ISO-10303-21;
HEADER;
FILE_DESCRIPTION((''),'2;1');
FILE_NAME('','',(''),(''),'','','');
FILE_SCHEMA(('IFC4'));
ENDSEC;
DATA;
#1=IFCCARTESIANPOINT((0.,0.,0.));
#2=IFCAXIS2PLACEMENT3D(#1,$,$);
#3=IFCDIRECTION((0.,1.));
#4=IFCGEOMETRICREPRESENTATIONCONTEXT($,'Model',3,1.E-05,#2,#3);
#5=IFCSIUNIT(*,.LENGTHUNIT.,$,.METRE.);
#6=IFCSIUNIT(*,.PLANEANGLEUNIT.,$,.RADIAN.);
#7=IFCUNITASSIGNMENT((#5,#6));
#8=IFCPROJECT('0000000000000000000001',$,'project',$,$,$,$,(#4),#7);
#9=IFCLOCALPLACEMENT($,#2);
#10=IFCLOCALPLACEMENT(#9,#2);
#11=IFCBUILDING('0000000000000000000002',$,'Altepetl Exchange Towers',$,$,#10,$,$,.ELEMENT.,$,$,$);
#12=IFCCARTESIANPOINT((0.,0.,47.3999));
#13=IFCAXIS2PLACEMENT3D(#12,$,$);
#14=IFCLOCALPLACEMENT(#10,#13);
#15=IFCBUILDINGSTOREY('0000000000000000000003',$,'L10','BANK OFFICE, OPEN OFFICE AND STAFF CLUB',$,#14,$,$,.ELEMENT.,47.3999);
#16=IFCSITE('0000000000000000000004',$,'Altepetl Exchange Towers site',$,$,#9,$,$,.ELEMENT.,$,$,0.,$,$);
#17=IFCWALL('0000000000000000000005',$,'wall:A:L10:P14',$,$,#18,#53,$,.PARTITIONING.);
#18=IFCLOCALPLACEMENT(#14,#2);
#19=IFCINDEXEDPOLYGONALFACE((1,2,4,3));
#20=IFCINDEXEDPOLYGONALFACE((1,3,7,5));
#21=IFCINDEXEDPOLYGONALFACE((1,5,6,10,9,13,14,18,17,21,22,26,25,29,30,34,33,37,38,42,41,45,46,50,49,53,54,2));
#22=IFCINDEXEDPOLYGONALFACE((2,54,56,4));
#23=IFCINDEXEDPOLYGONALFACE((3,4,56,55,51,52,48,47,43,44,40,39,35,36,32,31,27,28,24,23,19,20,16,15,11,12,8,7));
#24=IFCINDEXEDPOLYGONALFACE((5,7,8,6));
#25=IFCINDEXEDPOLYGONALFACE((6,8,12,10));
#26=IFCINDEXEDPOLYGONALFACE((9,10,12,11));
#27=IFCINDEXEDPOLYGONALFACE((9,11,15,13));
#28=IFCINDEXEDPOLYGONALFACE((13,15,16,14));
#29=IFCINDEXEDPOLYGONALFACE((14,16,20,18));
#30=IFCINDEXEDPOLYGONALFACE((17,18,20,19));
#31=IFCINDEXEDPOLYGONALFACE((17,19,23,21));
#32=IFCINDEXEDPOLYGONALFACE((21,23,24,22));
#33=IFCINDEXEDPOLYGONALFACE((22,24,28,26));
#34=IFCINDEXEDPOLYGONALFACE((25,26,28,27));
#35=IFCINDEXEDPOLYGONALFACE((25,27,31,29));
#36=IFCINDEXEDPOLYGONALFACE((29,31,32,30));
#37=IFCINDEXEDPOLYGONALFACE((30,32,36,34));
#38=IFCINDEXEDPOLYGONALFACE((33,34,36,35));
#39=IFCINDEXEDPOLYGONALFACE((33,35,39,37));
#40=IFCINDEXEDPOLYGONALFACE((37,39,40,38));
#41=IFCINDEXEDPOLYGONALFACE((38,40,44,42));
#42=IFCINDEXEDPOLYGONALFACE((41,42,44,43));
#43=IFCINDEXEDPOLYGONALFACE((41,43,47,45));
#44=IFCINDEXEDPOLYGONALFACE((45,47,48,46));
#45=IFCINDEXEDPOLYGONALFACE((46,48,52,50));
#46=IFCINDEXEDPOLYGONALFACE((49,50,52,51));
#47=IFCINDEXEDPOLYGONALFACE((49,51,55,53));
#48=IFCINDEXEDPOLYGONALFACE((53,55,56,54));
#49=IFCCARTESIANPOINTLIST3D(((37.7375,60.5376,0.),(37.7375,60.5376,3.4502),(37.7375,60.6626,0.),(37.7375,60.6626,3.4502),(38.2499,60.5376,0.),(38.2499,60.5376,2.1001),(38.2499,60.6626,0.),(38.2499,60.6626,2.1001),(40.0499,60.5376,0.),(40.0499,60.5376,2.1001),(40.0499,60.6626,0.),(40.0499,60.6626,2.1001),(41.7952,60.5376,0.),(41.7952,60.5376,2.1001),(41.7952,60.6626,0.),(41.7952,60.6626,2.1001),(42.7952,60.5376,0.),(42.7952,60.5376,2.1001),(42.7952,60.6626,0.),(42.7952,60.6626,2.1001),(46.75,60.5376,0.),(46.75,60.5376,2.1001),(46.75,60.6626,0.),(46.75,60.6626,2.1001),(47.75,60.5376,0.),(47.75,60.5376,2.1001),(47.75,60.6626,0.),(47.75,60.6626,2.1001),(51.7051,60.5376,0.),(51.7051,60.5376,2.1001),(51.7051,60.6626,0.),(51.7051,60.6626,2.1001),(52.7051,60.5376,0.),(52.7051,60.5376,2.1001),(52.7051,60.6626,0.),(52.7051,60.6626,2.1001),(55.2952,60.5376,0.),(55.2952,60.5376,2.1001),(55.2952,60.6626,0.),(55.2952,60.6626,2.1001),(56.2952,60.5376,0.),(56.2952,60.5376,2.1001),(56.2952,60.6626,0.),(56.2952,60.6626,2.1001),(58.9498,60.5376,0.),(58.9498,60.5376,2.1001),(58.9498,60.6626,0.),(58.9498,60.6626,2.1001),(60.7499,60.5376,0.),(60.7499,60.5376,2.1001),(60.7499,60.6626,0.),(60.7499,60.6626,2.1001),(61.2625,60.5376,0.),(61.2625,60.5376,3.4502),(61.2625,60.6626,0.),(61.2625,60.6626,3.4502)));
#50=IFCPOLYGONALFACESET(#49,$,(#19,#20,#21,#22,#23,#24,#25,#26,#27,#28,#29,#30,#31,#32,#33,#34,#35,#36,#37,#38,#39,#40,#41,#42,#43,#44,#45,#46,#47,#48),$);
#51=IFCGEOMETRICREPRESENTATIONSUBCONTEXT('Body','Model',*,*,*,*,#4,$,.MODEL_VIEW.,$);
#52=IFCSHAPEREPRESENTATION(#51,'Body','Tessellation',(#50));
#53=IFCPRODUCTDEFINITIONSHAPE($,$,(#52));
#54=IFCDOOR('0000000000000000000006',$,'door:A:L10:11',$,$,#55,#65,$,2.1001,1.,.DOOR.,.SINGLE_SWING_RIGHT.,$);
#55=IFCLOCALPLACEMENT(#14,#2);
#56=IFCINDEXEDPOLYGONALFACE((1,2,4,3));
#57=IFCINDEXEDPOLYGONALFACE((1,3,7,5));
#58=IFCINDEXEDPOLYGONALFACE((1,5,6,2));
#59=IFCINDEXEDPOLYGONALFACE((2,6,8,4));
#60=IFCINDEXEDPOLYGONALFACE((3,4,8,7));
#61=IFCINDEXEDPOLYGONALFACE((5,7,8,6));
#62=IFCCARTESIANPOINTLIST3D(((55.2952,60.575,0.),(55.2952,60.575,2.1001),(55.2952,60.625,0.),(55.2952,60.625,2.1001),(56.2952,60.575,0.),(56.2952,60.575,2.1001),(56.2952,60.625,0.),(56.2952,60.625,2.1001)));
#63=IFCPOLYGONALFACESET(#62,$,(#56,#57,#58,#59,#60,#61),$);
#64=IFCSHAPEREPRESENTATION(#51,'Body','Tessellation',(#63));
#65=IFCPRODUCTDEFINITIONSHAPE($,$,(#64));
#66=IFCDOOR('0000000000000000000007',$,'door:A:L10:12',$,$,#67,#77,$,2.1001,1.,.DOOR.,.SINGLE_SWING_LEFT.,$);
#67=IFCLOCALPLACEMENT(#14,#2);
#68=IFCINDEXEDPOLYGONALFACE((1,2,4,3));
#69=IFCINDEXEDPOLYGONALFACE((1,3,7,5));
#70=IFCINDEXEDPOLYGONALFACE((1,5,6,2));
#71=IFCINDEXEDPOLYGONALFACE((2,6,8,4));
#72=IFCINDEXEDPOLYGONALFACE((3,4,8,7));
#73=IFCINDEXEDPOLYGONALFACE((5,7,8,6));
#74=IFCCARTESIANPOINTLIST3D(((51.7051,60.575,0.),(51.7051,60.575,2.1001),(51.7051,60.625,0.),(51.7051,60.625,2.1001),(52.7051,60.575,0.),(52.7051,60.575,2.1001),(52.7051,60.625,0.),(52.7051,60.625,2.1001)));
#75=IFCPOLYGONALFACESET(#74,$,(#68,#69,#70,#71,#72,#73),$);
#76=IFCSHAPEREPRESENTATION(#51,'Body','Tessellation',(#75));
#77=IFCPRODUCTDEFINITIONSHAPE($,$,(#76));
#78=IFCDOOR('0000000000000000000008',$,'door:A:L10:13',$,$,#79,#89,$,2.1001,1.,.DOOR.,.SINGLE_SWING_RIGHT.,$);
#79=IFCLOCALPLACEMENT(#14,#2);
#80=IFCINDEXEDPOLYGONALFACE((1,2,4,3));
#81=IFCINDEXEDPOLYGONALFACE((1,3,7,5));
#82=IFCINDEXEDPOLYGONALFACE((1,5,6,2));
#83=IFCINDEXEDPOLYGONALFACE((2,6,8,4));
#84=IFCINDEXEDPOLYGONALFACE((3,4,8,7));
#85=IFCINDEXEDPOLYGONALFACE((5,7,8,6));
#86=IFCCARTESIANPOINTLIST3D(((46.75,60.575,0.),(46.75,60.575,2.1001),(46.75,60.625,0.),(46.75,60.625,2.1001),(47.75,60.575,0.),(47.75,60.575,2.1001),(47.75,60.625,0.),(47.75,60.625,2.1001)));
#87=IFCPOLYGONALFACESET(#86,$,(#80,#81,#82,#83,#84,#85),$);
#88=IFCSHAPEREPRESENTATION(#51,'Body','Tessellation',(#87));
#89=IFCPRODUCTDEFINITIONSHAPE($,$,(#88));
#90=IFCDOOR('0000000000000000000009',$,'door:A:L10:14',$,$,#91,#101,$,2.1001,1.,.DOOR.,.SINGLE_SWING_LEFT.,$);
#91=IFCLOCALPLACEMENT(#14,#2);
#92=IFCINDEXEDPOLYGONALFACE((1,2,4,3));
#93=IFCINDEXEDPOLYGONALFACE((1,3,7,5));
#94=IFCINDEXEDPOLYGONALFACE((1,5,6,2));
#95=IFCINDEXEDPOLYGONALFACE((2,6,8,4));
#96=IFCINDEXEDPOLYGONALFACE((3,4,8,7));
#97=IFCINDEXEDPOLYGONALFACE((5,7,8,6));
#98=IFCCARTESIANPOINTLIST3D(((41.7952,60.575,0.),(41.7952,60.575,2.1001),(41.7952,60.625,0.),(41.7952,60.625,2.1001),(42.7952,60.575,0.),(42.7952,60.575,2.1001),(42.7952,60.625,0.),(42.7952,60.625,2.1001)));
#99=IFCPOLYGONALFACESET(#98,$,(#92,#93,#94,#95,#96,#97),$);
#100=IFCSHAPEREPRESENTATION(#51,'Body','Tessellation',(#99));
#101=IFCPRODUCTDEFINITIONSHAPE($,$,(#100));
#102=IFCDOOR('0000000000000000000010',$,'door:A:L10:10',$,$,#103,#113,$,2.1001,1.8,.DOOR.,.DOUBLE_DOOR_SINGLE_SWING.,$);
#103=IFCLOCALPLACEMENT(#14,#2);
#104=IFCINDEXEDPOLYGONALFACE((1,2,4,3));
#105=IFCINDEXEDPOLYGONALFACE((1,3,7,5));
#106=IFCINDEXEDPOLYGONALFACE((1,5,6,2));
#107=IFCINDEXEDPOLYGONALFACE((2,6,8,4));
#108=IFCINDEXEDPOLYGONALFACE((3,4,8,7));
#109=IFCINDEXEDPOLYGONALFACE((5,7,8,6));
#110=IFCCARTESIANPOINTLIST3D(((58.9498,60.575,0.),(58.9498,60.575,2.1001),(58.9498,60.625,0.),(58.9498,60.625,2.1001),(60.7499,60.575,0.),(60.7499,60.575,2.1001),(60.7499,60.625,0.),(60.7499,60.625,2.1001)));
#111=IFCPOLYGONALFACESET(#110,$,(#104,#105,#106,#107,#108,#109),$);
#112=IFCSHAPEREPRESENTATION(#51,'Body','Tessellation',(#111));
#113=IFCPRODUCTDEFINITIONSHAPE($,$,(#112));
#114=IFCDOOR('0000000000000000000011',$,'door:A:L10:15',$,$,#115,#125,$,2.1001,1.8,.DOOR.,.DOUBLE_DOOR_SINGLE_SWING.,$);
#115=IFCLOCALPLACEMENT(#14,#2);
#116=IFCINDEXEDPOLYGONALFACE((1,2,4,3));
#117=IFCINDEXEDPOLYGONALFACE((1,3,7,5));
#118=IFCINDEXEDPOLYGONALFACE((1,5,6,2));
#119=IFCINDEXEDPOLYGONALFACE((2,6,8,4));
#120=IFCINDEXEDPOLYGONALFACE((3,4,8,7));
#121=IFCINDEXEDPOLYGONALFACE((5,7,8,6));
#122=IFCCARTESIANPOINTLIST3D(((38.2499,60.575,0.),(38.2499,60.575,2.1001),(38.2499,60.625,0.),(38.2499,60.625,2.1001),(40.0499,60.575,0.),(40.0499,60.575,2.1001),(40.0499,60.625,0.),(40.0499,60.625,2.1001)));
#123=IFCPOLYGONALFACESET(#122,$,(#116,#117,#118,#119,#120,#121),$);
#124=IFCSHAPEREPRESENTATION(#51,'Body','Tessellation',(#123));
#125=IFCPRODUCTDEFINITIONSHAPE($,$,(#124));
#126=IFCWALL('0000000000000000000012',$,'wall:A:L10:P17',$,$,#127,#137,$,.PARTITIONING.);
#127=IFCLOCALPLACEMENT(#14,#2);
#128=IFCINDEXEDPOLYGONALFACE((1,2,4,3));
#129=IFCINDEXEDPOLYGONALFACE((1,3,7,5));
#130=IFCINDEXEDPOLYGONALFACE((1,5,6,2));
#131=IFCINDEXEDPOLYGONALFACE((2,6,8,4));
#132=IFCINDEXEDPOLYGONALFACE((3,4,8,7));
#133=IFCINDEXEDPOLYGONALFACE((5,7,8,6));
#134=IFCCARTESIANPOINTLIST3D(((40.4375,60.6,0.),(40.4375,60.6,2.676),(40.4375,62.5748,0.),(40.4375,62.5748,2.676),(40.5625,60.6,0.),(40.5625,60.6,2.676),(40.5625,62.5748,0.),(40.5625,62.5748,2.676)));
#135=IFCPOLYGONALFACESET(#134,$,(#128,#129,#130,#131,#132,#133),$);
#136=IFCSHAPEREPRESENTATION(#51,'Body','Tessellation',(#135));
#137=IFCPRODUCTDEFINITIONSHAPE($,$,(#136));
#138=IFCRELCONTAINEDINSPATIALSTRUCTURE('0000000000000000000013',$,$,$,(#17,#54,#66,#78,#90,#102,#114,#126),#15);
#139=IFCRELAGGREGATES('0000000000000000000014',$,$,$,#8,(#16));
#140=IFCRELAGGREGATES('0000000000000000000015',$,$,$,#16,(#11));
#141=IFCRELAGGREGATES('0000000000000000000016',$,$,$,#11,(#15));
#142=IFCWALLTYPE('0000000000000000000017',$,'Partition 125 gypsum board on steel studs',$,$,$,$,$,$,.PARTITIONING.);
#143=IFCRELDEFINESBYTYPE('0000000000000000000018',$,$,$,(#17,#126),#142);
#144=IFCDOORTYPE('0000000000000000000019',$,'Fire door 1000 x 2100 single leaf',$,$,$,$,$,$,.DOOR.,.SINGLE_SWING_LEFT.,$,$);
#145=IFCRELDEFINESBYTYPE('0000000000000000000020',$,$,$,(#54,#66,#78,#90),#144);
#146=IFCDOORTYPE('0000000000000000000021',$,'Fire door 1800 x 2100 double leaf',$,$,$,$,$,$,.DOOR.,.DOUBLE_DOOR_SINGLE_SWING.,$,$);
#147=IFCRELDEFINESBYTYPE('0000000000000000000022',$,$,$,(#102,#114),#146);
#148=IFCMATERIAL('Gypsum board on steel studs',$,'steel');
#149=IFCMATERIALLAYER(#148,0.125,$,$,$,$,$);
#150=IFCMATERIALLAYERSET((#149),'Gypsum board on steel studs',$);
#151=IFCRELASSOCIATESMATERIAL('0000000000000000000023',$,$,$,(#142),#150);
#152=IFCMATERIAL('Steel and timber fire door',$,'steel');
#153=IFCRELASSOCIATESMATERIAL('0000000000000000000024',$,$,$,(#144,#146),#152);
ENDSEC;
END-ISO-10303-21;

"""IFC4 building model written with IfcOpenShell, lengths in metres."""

from ifc_helpers import new_model, si_unit, direction, frame, frame_2d, origin, place, context, subcontext, project, spatial, rectangle, extrude, material, layer, layer_set, type_object, element, fill, save


model = new_model("IFC4")

# Units and contexts
model_context = context("Model", 3, precision=1e-05, world=origin(), true_north=direction((0.0, 1.0)))
body_context = subcontext(model_context, "Body", "Model", "MODEL_VIEW")
ifc_project = project(units=[si_unit("LENGTHUNIT", "METRE"), si_unit("PLANEANGLEUNIT", "RADIAN")], contexts=[model_context])

# Site, building, storey
site_placement = place(None, origin())
site = spatial("IfcSite", under=ifc_project, at=site_placement, Name="Altepetl Exchange Towers site", CompositionType="ELEMENT", RefElevation=0.0)
building_placement = place(site_placement, origin())
building = spatial("IfcBuilding", under=site, at=building_placement, Name="Altepetl Exchange Towers", CompositionType="ELEMENT")
storey_placement = place(building_placement, frame((0.0, 0.0, 47.3999)))
storey = spatial("IfcBuildingStorey", under=building, at=storey_placement, Name="L10", Description="BANK OFFICE, OPEN OFFICE AND STAFF CLUB", CompositionType="ELEMENT", Elevation=47.3999)

# Shared definitions
ifc_material_1 = material(Name="Gypsum board on steel studs", Category="steel")
ifc_layer_1 = layer(ifc_material_1, 0.125)
ifc_layer_set_1 = layer_set([ifc_layer_1], Name="Gypsum board on steel studs")
wall_type_1 = type_object("IfcWallType", Name="Partition 125 gypsum board on steel studs", PredefinedType="PARTITIONING", material=ifc_layer_set_1)

# Wall, openings, doors
wall_1_placement = place(storey_placement, frame((37.7375, 60.6001, 0.0)))
wall_1 = element("IfcWall", 1, at=wall_1_placement, inside=storey, type_object=wall_type_1, Name="wall:A:L10:P14", PredefinedType="PARTITIONING", context=body_context, shape_type="SweptSolid", body=[
    extrude(rectangle(XDim=23.5249, YDim=0.125, at=frame_2d((11.7625, 0.0))), origin(), (0.0, 0.0, 1.0), 3.4502),
])
opening_1_placement = place(wall_1_placement, frame((21.2124, 0.0, 0.0)))
opening_1 = element("IfcOpeningElement", 2, at=opening_1_placement, cuts=wall_1, PredefinedType="OPENING", context=body_context, shape_type="SweptSolid", body=[
    extrude(rectangle(XDim=1.8, YDim=2.1001, at=frame_2d((0.8999, 1.05))), frame((0.0, 0.0725, 0.0), z_axis=(0.0, -1.0, 0.0), x_axis=(1.0, 0.0, 0.0)), (0.0, 0.0, 1.0), 0.145),
])
opening_2_placement = place(wall_1_placement, frame((17.5576, 0.0, 0.0)))
opening_2 = element("IfcOpeningElement", 3, at=opening_2_placement, cuts=wall_1, PredefinedType="OPENING", context=body_context, shape_type="SweptSolid", body=[
    extrude(rectangle(XDim=1.0, YDim=2.1001, at=frame_2d((0.5, 1.05))), frame((0.0, 0.0725, 0.0), z_axis=(0.0, -1.0, 0.0), x_axis=(1.0, 0.0, 0.0)), (0.0, 0.0, 1.0), 0.145),
])
opening_3_placement = place(wall_1_placement, frame((13.9675, 0.0, 0.0)))
opening_3 = element("IfcOpeningElement", 4, at=opening_3_placement, cuts=wall_1, PredefinedType="OPENING", context=body_context, shape_type="SweptSolid", body=[
    extrude(rectangle(XDim=1.0, YDim=2.1001, at=frame_2d((0.5, 1.05))), frame((0.0, 0.0725, 0.0), z_axis=(0.0, -1.0, 0.0), x_axis=(1.0, 0.0, 0.0)), (0.0, 0.0, 1.0), 0.145),
])
opening_4_placement = place(wall_1_placement, frame((9.0125, 0.0, 0.0)))
opening_4 = element("IfcOpeningElement", 5, at=opening_4_placement, cuts=wall_1, PredefinedType="OPENING", context=body_context, shape_type="SweptSolid", body=[
    extrude(rectangle(XDim=1.0, YDim=2.1001, at=frame_2d((0.5, 1.05))), frame((0.0, 0.0725, 0.0), z_axis=(0.0, -1.0, 0.0), x_axis=(1.0, 0.0, 0.0)), (0.0, 0.0, 1.0), 0.145),
])
opening_5_placement = place(wall_1_placement, frame((4.0576, 0.0, 0.0)))
opening_5 = element("IfcOpeningElement", 6, at=opening_5_placement, cuts=wall_1, PredefinedType="OPENING", context=body_context, shape_type="SweptSolid", body=[
    extrude(rectangle(XDim=1.0, YDim=2.1001, at=frame_2d((0.5, 1.05))), frame((0.0, 0.0725, 0.0), z_axis=(0.0, -1.0, 0.0), x_axis=(1.0, 0.0, 0.0)), (0.0, 0.0, 1.0), 0.145),
])
opening_6_placement = place(wall_1_placement, frame((0.5125, 0.0, 0.0)))
opening_6 = element("IfcOpeningElement", 7, at=opening_6_placement, cuts=wall_1, PredefinedType="OPENING", context=body_context, shape_type="SweptSolid", body=[
    extrude(rectangle(XDim=1.8, YDim=2.1001, at=frame_2d((0.8999, 1.05))), frame((0.0, 0.0725, 0.0), z_axis=(0.0, -1.0, 0.0), x_axis=(1.0, 0.0, 0.0)), (0.0, 0.0, 1.0), 0.145),
])
ifc_material_2 = material(Name="Steel and timber fire door", Category="steel")
door_type_1 = type_object("IfcDoorType", Name="Fire door 1000 x 2100 single leaf", OperationType="SINGLE_SWING_LEFT", PredefinedType="DOOR", material=ifc_material_2)
door_1_placement = place(opening_2_placement, origin())
door_1 = element("IfcDoor", 8, at=door_1_placement, inside=storey, type_object=door_type_1, Name="door:A:L10:11", OperationType="SINGLE_SWING_RIGHT", OverallHeight=2.1001, OverallWidth=1.0, PredefinedType="DOOR", context=body_context, shape_type="SweptSolid", body=[
    extrude(rectangle(XDim=1.0, YDim=2.1001, at=frame_2d((0.5, 1.05))), frame((0.0, 0.0249, 0.0), z_axis=(0.0, -1.0, 0.0), x_axis=(1.0, 0.0, 0.0)), (0.0, 0.0, 1.0), 0.05),
])
fill(opening_2, door_1)
door_2_placement = place(opening_3_placement, origin())
door_2 = element("IfcDoor", 9, at=door_2_placement, inside=storey, type_object=door_type_1, Name="door:A:L10:12", OperationType="SINGLE_SWING_LEFT", OverallHeight=2.1001, OverallWidth=1.0, PredefinedType="DOOR", context=body_context, shape_type="SweptSolid", body=[
    extrude(rectangle(XDim=1.0, YDim=2.1001, at=frame_2d((0.5, 1.05))), frame((0.0, 0.0249, 0.0), z_axis=(0.0, -1.0, 0.0), x_axis=(1.0, 0.0, 0.0)), (0.0, 0.0, 1.0), 0.05),
])
fill(opening_3, door_2)
door_3_placement = place(opening_4_placement, origin())
door_3 = element("IfcDoor", 10, at=door_3_placement, inside=storey, type_object=door_type_1, Name="door:A:L10:13", OperationType="SINGLE_SWING_RIGHT", OverallHeight=2.1001, OverallWidth=1.0, PredefinedType="DOOR", context=body_context, shape_type="SweptSolid", body=[
    extrude(rectangle(XDim=1.0, YDim=2.1001, at=frame_2d((0.5, 1.05))), frame((0.0, 0.0249, 0.0), z_axis=(0.0, -1.0, 0.0), x_axis=(1.0, 0.0, 0.0)), (0.0, 0.0, 1.0), 0.05),
])
fill(opening_4, door_3)
door_4_placement = place(opening_5_placement, origin())
door_4 = element("IfcDoor", 11, at=door_4_placement, inside=storey, type_object=door_type_1, Name="door:A:L10:14", OperationType="SINGLE_SWING_LEFT", OverallHeight=2.1001, OverallWidth=1.0, PredefinedType="DOOR", context=body_context, shape_type="SweptSolid", body=[
    extrude(rectangle(XDim=1.0, YDim=2.1001, at=frame_2d((0.5, 1.05))), frame((0.0, 0.0249, 0.0), z_axis=(0.0, -1.0, 0.0), x_axis=(1.0, 0.0, 0.0)), (0.0, 0.0, 1.0), 0.05),
])
fill(opening_5, door_4)
door_type_2 = type_object("IfcDoorType", Name="Fire door 1800 x 2100 double leaf", OperationType="DOUBLE_DOOR_SINGLE_SWING", PredefinedType="DOOR", material=ifc_material_2)
door_5_placement = place(opening_1_placement, origin())
door_5 = element("IfcDoor", 12, at=door_5_placement, inside=storey, type_object=door_type_2, Name="door:A:L10:10", OperationType="DOUBLE_DOOR_SINGLE_SWING", OverallHeight=2.1001, OverallWidth=1.8, PredefinedType="DOOR", context=body_context, shape_type="SweptSolid", body=[
    extrude(rectangle(XDim=1.8, YDim=2.1001, at=frame_2d((0.8999, 1.05))), frame((0.0, 0.0249, 0.0), z_axis=(0.0, -1.0, 0.0), x_axis=(1.0, 0.0, 0.0)), (0.0, 0.0, 1.0), 0.05),
])
fill(opening_1, door_5)
door_6_placement = place(opening_6_placement, origin())
door_6 = element("IfcDoor", 13, at=door_6_placement, inside=storey, type_object=door_type_2, Name="door:A:L10:15", OperationType="DOUBLE_DOOR_SINGLE_SWING", OverallHeight=2.1001, OverallWidth=1.8, PredefinedType="DOOR", context=body_context, shape_type="SweptSolid", body=[
    extrude(rectangle(XDim=1.8, YDim=2.1001, at=frame_2d((0.8999, 1.05))), frame((0.0, 0.0249, 0.0), z_axis=(0.0, -1.0, 0.0), x_axis=(1.0, 0.0, 0.0)), (0.0, 0.0, 1.0), 0.05),
])
fill(opening_6, door_6)

# Wall
wall_2_placement = place(storey_placement, frame((40.5, 60.6001, 0.0), z_axis=(0.0, 0.0, 1.0), x_axis=(0.0, 1.0, 0.0)))
element("IfcWall", 14, at=wall_2_placement, inside=storey, type_object=wall_type_1, Name="wall:A:L10:P17", PredefinedType="PARTITIONING", context=body_context, shape_type="SweptSolid", body=[
    extrude(rectangle(XDim=1.9749, YDim=0.125, at=frame_2d((0.9873, 0.0))), origin(), (0.0, 0.0, 1.0), 2.676),
])

save(model, "model.ifc")
